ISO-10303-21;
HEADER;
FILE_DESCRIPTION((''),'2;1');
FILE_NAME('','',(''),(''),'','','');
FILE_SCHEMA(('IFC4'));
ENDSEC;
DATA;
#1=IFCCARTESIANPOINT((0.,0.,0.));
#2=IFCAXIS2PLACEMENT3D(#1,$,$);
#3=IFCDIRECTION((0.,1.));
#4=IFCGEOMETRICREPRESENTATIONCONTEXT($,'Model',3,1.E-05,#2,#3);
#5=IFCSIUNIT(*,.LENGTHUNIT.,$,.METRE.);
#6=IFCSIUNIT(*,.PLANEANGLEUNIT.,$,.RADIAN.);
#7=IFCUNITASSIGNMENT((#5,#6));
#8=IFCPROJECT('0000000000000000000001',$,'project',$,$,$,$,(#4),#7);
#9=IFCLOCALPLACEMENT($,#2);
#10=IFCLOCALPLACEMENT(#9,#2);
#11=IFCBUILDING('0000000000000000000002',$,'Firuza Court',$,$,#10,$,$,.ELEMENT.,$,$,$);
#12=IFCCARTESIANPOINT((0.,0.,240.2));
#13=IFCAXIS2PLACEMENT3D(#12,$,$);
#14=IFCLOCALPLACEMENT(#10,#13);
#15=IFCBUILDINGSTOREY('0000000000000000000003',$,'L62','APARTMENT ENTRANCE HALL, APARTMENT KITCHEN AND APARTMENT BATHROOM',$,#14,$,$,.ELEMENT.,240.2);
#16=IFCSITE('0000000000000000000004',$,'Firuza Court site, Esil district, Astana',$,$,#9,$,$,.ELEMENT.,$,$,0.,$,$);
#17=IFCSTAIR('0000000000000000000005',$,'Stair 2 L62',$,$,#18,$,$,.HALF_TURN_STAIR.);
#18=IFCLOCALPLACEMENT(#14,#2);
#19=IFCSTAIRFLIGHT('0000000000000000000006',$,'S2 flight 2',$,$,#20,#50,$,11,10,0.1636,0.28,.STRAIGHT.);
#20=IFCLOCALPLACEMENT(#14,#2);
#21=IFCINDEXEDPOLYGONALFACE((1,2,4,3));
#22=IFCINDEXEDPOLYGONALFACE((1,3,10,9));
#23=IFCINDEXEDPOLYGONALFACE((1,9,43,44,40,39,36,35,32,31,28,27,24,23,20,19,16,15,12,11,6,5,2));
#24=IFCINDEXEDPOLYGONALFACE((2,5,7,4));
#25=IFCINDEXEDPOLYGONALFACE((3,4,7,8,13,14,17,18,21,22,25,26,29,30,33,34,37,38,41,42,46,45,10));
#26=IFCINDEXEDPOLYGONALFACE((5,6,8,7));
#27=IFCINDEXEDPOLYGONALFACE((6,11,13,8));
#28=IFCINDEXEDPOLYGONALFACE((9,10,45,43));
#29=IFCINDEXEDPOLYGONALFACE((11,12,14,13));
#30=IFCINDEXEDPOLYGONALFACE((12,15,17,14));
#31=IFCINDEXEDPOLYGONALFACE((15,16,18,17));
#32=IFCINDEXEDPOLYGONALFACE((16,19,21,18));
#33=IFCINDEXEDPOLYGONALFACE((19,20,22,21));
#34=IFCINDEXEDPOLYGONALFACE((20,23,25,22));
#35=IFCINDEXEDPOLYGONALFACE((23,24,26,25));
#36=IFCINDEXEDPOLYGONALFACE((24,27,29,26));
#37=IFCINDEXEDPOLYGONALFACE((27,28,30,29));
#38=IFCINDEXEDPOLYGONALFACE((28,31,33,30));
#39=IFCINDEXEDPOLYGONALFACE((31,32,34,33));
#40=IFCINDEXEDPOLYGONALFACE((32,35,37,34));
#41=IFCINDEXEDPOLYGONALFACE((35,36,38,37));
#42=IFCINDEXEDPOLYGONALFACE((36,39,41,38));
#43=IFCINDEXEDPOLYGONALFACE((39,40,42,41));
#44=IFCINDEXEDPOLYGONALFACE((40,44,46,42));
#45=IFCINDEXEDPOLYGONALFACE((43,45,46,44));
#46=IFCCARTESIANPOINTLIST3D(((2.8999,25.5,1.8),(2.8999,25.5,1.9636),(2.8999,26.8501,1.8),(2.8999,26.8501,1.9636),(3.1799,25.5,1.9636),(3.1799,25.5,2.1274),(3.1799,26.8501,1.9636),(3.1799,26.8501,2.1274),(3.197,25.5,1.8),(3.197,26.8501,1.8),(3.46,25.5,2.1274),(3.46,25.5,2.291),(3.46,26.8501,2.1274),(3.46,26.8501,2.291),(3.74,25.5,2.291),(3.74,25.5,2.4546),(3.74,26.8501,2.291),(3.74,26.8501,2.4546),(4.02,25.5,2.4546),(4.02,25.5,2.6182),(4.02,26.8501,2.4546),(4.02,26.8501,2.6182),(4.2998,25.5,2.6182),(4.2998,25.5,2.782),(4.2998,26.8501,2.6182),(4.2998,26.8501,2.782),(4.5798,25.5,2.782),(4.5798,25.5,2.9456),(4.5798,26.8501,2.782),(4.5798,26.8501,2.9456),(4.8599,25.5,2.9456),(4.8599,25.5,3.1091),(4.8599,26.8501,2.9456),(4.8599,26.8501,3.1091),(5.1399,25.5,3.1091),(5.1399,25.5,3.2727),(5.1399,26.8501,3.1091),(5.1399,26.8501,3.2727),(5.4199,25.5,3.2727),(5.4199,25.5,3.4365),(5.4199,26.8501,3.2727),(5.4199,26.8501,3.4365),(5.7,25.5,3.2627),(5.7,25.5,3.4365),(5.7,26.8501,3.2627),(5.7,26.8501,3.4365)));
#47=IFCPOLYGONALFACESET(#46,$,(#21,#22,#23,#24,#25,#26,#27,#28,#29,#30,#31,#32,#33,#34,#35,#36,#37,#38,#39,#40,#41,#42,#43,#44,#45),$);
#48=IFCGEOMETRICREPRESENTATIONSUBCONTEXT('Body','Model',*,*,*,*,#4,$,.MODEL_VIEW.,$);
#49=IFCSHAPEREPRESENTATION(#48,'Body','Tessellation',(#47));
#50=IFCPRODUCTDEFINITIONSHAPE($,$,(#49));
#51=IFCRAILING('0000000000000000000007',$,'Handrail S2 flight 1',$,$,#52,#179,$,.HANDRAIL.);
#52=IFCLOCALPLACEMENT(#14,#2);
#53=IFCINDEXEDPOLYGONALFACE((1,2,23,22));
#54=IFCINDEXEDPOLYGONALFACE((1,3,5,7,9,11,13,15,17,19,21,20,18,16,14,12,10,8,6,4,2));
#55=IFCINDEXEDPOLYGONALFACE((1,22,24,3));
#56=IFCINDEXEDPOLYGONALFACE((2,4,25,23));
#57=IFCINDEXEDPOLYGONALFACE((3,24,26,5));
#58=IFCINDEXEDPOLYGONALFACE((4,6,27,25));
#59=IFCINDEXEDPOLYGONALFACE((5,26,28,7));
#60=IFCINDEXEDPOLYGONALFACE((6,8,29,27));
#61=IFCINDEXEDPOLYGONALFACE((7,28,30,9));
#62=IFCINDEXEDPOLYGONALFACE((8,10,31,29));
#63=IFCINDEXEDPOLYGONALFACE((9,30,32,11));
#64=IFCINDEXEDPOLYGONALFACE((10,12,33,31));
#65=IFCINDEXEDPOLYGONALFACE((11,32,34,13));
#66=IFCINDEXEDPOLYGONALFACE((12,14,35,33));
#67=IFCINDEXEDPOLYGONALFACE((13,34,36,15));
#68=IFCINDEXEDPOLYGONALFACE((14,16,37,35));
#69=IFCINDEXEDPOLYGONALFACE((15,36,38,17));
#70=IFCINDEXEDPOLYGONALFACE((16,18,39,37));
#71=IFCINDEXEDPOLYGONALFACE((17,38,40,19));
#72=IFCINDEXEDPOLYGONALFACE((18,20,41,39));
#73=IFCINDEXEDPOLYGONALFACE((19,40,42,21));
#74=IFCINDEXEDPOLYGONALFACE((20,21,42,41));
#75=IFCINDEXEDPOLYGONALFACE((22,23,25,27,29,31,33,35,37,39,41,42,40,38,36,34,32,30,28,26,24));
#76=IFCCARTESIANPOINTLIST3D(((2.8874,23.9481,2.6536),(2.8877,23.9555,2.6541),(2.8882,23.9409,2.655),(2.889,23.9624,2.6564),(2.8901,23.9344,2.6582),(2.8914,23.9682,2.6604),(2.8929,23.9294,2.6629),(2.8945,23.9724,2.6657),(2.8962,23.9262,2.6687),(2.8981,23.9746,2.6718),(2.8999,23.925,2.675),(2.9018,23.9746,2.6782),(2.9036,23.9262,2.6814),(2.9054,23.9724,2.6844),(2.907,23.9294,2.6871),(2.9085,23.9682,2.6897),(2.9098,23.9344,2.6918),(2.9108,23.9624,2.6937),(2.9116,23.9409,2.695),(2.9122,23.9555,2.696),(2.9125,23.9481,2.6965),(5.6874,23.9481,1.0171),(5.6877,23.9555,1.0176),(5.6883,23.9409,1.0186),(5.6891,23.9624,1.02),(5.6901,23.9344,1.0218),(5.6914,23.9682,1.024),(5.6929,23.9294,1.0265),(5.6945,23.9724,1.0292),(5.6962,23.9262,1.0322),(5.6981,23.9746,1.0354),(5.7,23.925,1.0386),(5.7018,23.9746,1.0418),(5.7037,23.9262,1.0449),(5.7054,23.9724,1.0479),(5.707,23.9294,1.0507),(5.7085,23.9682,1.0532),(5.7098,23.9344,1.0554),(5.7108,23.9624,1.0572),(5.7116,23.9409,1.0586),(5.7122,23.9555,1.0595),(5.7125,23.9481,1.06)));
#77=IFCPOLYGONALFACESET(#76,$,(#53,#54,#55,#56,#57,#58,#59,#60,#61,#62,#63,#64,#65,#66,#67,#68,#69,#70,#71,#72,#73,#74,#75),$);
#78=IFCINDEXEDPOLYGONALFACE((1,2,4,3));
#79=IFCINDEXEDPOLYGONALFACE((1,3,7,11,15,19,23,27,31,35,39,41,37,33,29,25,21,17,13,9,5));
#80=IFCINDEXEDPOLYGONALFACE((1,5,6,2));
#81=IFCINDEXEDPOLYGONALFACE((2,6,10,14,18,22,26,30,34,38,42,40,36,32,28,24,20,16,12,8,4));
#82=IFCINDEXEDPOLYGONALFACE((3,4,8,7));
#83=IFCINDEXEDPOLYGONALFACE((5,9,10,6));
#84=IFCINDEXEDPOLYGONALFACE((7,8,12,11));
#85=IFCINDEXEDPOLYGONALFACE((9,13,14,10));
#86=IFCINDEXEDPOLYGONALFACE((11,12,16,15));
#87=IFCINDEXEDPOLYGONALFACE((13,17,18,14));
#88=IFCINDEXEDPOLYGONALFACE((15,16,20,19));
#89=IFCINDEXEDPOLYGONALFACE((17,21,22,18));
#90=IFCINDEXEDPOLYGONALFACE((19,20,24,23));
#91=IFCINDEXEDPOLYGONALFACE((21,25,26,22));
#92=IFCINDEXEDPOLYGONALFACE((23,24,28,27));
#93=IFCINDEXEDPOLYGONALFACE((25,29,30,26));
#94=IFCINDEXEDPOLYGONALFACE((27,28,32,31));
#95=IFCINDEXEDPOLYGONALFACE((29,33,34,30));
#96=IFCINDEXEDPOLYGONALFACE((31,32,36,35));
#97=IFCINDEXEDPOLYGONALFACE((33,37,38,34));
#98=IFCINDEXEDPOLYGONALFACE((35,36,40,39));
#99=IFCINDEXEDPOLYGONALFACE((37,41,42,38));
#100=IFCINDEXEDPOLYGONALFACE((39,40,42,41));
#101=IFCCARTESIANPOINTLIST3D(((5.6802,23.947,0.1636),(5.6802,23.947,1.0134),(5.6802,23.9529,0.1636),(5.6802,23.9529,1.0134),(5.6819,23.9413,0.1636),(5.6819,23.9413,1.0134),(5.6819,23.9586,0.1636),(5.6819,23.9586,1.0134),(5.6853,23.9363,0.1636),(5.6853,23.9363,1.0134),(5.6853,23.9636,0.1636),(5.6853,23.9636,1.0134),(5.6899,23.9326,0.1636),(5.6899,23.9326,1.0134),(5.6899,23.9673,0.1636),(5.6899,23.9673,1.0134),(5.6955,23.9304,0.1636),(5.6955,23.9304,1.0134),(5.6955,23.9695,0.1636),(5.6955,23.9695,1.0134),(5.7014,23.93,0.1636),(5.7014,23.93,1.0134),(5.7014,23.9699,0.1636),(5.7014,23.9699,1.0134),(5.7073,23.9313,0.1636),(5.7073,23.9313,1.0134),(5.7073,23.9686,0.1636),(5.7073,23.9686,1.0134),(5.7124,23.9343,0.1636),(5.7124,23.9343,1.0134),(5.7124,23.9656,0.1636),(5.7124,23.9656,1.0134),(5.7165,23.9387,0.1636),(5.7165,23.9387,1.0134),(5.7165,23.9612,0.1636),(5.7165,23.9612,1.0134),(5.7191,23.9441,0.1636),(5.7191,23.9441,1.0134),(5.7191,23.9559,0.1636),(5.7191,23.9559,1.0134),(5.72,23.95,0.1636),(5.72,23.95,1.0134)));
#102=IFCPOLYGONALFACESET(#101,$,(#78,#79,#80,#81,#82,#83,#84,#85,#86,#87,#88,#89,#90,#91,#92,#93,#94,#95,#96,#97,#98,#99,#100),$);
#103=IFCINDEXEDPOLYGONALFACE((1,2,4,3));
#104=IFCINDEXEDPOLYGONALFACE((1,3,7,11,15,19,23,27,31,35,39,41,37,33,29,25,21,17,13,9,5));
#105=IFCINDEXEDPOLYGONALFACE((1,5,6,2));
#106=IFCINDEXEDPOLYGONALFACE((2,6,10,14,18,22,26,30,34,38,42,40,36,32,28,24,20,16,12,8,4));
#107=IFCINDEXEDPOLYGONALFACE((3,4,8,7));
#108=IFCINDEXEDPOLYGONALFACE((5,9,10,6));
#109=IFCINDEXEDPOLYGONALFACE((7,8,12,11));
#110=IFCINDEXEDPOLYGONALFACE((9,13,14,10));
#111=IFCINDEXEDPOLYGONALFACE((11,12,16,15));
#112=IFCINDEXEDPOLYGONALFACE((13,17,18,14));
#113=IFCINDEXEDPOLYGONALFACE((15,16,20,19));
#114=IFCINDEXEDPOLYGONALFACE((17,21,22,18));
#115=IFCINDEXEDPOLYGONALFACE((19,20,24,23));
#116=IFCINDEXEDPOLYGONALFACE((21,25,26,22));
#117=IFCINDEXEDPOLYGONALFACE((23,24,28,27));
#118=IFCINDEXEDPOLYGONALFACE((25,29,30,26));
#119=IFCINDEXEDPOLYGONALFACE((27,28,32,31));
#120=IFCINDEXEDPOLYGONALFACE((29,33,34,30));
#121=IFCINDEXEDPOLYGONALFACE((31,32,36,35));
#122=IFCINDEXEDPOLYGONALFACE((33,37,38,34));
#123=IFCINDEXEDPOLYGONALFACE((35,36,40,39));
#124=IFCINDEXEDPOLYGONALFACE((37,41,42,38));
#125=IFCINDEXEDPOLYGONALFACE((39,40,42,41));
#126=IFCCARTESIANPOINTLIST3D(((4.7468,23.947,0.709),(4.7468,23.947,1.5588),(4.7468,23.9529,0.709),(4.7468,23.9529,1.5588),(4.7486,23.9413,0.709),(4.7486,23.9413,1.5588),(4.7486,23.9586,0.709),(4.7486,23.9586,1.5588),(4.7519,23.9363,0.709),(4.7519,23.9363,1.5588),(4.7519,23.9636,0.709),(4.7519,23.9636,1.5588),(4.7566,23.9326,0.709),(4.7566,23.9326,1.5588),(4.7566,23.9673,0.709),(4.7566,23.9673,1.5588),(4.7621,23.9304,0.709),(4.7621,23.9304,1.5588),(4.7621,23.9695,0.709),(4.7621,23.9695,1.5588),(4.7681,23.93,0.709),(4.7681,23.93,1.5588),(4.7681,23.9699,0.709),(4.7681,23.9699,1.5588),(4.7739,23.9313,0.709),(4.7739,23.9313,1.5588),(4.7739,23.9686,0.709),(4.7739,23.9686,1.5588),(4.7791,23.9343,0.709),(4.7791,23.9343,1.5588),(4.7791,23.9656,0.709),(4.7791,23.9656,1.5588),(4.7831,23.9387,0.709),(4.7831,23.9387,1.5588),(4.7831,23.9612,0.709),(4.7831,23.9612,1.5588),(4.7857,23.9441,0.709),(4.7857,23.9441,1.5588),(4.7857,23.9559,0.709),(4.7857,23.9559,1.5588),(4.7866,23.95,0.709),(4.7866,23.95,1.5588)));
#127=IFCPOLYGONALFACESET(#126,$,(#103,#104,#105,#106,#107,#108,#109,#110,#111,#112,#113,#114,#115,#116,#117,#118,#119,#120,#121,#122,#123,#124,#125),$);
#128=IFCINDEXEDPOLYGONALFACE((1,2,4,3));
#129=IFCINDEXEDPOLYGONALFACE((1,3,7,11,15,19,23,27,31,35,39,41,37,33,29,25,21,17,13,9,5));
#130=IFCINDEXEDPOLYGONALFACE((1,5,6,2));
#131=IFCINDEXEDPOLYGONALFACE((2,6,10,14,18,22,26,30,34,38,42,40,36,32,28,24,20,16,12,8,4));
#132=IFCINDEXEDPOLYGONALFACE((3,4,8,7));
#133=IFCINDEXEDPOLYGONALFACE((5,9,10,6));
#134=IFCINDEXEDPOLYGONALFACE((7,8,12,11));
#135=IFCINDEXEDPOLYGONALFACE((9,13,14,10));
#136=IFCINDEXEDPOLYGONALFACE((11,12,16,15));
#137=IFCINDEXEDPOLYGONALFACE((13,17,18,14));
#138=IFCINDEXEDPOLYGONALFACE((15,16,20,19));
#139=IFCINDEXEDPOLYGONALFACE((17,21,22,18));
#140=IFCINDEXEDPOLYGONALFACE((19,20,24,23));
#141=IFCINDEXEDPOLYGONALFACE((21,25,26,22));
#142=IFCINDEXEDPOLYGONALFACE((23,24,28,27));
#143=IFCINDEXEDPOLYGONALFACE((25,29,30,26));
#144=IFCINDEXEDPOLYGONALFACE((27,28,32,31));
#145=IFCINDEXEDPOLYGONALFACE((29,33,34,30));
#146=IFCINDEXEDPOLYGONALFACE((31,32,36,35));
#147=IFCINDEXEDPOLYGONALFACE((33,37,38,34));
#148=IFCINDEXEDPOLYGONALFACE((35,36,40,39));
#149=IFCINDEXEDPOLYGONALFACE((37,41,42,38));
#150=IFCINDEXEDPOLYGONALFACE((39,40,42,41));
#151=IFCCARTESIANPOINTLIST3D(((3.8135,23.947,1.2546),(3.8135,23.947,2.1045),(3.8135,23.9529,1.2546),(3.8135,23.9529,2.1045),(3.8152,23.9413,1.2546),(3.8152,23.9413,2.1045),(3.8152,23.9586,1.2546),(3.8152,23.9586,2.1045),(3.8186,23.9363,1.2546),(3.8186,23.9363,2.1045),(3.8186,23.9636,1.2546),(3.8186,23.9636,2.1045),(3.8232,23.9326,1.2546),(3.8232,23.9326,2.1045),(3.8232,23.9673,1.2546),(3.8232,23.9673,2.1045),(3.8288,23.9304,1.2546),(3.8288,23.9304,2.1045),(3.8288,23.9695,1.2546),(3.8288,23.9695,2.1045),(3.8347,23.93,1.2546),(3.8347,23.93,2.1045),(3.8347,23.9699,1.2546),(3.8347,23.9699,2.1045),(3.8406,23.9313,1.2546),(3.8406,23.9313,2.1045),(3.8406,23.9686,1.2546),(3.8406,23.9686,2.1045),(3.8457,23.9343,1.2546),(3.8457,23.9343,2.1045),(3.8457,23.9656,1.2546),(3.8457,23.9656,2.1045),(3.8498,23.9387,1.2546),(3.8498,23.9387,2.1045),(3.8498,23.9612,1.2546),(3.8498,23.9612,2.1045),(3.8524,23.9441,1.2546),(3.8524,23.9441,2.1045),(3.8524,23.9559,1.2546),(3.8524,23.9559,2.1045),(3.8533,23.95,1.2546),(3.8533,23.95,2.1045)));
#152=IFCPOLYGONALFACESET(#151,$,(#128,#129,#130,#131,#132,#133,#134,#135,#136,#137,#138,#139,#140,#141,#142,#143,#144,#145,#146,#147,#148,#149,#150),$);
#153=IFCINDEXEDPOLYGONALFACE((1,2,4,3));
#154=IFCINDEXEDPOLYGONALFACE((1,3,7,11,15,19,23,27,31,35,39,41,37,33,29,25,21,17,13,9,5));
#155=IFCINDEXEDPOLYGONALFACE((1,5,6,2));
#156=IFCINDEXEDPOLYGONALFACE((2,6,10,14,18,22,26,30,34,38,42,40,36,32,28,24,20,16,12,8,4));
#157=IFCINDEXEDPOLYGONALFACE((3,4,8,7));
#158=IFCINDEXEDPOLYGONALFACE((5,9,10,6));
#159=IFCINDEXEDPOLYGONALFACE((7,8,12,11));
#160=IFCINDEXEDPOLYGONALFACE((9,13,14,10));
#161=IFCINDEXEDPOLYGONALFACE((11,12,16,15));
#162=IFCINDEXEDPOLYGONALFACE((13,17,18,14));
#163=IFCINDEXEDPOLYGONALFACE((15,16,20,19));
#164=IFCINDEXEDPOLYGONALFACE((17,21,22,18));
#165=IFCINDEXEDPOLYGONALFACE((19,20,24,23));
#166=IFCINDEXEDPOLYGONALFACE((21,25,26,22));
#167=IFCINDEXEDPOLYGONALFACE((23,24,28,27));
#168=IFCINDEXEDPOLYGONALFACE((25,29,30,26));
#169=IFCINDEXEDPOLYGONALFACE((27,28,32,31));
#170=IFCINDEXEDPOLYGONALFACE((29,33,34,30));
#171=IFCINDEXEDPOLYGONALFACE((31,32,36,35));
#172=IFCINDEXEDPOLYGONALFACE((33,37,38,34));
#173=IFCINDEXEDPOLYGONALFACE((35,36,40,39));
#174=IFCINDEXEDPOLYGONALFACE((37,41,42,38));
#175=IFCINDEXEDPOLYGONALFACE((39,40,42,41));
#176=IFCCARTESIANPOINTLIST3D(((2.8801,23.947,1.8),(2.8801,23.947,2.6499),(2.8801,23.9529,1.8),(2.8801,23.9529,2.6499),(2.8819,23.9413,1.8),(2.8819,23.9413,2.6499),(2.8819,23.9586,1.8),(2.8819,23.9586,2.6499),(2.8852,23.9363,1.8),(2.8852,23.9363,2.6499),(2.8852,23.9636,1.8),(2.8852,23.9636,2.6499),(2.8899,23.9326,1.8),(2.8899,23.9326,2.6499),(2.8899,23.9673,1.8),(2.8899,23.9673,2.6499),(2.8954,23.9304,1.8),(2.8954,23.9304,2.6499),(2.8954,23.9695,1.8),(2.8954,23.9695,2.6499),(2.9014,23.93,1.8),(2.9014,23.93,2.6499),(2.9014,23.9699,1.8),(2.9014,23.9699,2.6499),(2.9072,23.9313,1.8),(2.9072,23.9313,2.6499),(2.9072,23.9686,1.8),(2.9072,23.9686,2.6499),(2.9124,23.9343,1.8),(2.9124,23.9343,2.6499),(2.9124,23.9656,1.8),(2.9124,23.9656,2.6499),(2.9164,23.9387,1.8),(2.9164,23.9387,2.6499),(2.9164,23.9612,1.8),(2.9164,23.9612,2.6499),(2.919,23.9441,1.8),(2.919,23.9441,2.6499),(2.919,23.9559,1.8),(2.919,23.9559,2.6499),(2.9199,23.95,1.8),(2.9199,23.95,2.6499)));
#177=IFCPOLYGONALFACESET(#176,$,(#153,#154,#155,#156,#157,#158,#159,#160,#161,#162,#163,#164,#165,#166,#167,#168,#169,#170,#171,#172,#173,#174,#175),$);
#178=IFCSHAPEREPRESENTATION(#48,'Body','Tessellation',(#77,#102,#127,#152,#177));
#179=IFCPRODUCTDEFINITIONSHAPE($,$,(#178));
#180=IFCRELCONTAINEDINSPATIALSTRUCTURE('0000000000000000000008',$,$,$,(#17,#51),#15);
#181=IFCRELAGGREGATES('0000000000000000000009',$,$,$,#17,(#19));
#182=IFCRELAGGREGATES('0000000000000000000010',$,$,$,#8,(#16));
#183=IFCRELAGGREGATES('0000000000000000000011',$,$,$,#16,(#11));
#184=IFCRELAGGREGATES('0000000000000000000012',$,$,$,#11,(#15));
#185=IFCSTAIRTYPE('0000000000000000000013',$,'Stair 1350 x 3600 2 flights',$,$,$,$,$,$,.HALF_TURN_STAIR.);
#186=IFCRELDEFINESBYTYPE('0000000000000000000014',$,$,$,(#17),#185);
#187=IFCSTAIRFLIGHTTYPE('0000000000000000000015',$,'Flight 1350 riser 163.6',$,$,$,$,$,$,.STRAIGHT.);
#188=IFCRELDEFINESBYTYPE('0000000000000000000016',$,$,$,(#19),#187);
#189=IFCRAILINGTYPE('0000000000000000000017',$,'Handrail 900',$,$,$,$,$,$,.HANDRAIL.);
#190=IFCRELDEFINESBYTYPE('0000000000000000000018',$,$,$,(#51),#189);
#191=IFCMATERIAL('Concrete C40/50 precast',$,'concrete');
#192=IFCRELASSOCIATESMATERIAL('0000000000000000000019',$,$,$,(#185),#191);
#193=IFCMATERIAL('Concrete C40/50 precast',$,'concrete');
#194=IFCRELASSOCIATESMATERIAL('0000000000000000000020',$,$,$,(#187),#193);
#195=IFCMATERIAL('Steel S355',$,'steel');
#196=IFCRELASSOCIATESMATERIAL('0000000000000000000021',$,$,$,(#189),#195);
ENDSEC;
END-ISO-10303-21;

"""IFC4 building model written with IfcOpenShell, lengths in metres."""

from ifc_helpers import new_model, si_unit, direction, frame, origin, origin_2d, place, context, subcontext, project, spatial, polyline, circle, outline, extrude, material, type_object, element, aggregate, save


model = new_model("IFC4")

# Units and contexts
model_context = context("Model", 3, precision=1e-05, world=origin(), true_north=direction((0.0, 1.0)))
body_context = subcontext(model_context, "Body", "Model", "MODEL_VIEW")
ifc_project = project(units=[si_unit("LENGTHUNIT", "METRE"), si_unit("PLANEANGLEUNIT", "RADIAN")], contexts=[model_context])

# Site, building, storey
site_placement = place(None, origin())
site = spatial("IfcSite", under=ifc_project, at=site_placement, Name="Firuza Court site, Esil district, Astana", CompositionType="ELEMENT", RefElevation=0.0)
building_placement = place(site_placement, origin())
building = spatial("IfcBuilding", under=site, at=building_placement, Name="Firuza Court", CompositionType="ELEMENT")
storey_placement = place(building_placement, frame((0.0, 0.0, 240.2)))
storey = spatial("IfcBuildingStorey", under=building, at=storey_placement, Name="L62", Description="APARTMENT ENTRANCE HALL, APARTMENT KITCHEN AND APARTMENT BATHROOM", CompositionType="ELEMENT", Elevation=240.2)

# Stair, stair flight
ifc_material_1 = material(Name="Concrete C40/50 precast", Category="concrete")
stair_type = type_object("IfcStairType", Name="Stair 1350 x 3600 2 flights", PredefinedType="HALF_TURN_STAIR", material=ifc_material_1)
stair_placement = place(storey_placement, origin())
stair = element("IfcStair", 1, at=stair_placement, inside=storey, type_object=stair_type, Name="Stair 2 L62", PredefinedType="HALF_TURN_STAIR")
ifc_material_2 = material(Name="Concrete C40/50 precast", Category="concrete")
stair_flight_type = type_object("IfcStairFlightType", Name="Flight 1350 riser 163.6", PredefinedType="STRAIGHT", material=ifc_material_2)
stair_flight_1_placement = place(storey_placement, frame((2.8999, 26.175, 1.8), z_axis=(0.0, 0.0, 1.0), x_axis=(1.0, 0.0, 0.0)))
stair_flight_1 = element("IfcStairFlight", 2, at=stair_flight_1_placement, type_object=stair_flight_type, Name="S2 flight 2", NumberOfRisers=11, NumberOfTreads=10, PredefinedType="STRAIGHT", RiserHeight=0.1636, TreadLength=0.28, context=body_context, shape_type="SweptSolid", body=[
    extrude(outline(polyline([(0.0, 0.0), (0.0, 0.1636), (0.28, 0.1636), (0.28, 0.3274), (0.5601, 0.3274), (0.5601, 0.491), (0.8401, 0.491), (0.8401, 0.6545), (1.1201, 0.6545), (1.1201, 0.8181), (1.3999, 0.8181), (1.3999, 0.9819), (1.6799, 0.9819), (1.6799, 1.1455), (1.96, 1.1455), (1.96, 1.3091), (2.24, 1.3091), (2.24, 1.4727), (2.52, 1.4727), (2.52, 1.6365), (2.8, 1.6365), (2.8, 1.8), (2.8, 1.4626), (0.2971, 0.0), (0.0, 0.0)])), frame((0.0, 0.675, 0.0), z_axis=(0.0, -1.0, 0.0), x_axis=(1.0, 0.0, 0.0)), (0.0, 0.0, 1.0), 1.3501),
])
aggregate(stair, [stair_flight_1])

# Railing
ifc_material_3 = material(Name="Steel S355", Category="steel")
railing_type_1 = type_object("IfcRailingType", Name="Handrail 900", PredefinedType="HANDRAIL", material=ifc_material_3)
railing_1_placement = place(storey_placement, frame((5.7, 23.95, 0.1636)))
element("IfcRailing", 3, at=railing_1_placement, inside=storey, type_object=railing_type_1, Name="Handrail S2 flight 1", PredefinedType="HANDRAIL", context=body_context, shape_type="SweptSolid", body=[
    extrude(circle(Radius=0.0249, at=origin_2d()), frame((0.0, 0.0, 0.875), z_axis=(-0.863361, 0.0, 0.504587), x_axis=(0.0, -1.0, 0.0)), (0.0, 0.0, 1.0), 3.2432),
    extrude(circle(Radius=0.02, at=origin_2d()), origin(), (0.0, 0.0, 1.0), 0.8499),
    extrude(circle(Radius=0.02, at=origin_2d()), frame((-0.9333, 0.0, 0.5454)), (0.0, 0.0, 1.0), 0.8499),
    extrude(circle(Radius=0.02, at=origin_2d()), frame((-1.8667, 0.0, 1.0911)), (0.0, 0.0, 1.0), 0.8499),
    extrude(circle(Radius=0.02, at=origin_2d()), frame((-2.8, 0.0, 1.6365)), (0.0, 0.0, 1.0), 0.8499),
])

save(model, "model.ifc")
